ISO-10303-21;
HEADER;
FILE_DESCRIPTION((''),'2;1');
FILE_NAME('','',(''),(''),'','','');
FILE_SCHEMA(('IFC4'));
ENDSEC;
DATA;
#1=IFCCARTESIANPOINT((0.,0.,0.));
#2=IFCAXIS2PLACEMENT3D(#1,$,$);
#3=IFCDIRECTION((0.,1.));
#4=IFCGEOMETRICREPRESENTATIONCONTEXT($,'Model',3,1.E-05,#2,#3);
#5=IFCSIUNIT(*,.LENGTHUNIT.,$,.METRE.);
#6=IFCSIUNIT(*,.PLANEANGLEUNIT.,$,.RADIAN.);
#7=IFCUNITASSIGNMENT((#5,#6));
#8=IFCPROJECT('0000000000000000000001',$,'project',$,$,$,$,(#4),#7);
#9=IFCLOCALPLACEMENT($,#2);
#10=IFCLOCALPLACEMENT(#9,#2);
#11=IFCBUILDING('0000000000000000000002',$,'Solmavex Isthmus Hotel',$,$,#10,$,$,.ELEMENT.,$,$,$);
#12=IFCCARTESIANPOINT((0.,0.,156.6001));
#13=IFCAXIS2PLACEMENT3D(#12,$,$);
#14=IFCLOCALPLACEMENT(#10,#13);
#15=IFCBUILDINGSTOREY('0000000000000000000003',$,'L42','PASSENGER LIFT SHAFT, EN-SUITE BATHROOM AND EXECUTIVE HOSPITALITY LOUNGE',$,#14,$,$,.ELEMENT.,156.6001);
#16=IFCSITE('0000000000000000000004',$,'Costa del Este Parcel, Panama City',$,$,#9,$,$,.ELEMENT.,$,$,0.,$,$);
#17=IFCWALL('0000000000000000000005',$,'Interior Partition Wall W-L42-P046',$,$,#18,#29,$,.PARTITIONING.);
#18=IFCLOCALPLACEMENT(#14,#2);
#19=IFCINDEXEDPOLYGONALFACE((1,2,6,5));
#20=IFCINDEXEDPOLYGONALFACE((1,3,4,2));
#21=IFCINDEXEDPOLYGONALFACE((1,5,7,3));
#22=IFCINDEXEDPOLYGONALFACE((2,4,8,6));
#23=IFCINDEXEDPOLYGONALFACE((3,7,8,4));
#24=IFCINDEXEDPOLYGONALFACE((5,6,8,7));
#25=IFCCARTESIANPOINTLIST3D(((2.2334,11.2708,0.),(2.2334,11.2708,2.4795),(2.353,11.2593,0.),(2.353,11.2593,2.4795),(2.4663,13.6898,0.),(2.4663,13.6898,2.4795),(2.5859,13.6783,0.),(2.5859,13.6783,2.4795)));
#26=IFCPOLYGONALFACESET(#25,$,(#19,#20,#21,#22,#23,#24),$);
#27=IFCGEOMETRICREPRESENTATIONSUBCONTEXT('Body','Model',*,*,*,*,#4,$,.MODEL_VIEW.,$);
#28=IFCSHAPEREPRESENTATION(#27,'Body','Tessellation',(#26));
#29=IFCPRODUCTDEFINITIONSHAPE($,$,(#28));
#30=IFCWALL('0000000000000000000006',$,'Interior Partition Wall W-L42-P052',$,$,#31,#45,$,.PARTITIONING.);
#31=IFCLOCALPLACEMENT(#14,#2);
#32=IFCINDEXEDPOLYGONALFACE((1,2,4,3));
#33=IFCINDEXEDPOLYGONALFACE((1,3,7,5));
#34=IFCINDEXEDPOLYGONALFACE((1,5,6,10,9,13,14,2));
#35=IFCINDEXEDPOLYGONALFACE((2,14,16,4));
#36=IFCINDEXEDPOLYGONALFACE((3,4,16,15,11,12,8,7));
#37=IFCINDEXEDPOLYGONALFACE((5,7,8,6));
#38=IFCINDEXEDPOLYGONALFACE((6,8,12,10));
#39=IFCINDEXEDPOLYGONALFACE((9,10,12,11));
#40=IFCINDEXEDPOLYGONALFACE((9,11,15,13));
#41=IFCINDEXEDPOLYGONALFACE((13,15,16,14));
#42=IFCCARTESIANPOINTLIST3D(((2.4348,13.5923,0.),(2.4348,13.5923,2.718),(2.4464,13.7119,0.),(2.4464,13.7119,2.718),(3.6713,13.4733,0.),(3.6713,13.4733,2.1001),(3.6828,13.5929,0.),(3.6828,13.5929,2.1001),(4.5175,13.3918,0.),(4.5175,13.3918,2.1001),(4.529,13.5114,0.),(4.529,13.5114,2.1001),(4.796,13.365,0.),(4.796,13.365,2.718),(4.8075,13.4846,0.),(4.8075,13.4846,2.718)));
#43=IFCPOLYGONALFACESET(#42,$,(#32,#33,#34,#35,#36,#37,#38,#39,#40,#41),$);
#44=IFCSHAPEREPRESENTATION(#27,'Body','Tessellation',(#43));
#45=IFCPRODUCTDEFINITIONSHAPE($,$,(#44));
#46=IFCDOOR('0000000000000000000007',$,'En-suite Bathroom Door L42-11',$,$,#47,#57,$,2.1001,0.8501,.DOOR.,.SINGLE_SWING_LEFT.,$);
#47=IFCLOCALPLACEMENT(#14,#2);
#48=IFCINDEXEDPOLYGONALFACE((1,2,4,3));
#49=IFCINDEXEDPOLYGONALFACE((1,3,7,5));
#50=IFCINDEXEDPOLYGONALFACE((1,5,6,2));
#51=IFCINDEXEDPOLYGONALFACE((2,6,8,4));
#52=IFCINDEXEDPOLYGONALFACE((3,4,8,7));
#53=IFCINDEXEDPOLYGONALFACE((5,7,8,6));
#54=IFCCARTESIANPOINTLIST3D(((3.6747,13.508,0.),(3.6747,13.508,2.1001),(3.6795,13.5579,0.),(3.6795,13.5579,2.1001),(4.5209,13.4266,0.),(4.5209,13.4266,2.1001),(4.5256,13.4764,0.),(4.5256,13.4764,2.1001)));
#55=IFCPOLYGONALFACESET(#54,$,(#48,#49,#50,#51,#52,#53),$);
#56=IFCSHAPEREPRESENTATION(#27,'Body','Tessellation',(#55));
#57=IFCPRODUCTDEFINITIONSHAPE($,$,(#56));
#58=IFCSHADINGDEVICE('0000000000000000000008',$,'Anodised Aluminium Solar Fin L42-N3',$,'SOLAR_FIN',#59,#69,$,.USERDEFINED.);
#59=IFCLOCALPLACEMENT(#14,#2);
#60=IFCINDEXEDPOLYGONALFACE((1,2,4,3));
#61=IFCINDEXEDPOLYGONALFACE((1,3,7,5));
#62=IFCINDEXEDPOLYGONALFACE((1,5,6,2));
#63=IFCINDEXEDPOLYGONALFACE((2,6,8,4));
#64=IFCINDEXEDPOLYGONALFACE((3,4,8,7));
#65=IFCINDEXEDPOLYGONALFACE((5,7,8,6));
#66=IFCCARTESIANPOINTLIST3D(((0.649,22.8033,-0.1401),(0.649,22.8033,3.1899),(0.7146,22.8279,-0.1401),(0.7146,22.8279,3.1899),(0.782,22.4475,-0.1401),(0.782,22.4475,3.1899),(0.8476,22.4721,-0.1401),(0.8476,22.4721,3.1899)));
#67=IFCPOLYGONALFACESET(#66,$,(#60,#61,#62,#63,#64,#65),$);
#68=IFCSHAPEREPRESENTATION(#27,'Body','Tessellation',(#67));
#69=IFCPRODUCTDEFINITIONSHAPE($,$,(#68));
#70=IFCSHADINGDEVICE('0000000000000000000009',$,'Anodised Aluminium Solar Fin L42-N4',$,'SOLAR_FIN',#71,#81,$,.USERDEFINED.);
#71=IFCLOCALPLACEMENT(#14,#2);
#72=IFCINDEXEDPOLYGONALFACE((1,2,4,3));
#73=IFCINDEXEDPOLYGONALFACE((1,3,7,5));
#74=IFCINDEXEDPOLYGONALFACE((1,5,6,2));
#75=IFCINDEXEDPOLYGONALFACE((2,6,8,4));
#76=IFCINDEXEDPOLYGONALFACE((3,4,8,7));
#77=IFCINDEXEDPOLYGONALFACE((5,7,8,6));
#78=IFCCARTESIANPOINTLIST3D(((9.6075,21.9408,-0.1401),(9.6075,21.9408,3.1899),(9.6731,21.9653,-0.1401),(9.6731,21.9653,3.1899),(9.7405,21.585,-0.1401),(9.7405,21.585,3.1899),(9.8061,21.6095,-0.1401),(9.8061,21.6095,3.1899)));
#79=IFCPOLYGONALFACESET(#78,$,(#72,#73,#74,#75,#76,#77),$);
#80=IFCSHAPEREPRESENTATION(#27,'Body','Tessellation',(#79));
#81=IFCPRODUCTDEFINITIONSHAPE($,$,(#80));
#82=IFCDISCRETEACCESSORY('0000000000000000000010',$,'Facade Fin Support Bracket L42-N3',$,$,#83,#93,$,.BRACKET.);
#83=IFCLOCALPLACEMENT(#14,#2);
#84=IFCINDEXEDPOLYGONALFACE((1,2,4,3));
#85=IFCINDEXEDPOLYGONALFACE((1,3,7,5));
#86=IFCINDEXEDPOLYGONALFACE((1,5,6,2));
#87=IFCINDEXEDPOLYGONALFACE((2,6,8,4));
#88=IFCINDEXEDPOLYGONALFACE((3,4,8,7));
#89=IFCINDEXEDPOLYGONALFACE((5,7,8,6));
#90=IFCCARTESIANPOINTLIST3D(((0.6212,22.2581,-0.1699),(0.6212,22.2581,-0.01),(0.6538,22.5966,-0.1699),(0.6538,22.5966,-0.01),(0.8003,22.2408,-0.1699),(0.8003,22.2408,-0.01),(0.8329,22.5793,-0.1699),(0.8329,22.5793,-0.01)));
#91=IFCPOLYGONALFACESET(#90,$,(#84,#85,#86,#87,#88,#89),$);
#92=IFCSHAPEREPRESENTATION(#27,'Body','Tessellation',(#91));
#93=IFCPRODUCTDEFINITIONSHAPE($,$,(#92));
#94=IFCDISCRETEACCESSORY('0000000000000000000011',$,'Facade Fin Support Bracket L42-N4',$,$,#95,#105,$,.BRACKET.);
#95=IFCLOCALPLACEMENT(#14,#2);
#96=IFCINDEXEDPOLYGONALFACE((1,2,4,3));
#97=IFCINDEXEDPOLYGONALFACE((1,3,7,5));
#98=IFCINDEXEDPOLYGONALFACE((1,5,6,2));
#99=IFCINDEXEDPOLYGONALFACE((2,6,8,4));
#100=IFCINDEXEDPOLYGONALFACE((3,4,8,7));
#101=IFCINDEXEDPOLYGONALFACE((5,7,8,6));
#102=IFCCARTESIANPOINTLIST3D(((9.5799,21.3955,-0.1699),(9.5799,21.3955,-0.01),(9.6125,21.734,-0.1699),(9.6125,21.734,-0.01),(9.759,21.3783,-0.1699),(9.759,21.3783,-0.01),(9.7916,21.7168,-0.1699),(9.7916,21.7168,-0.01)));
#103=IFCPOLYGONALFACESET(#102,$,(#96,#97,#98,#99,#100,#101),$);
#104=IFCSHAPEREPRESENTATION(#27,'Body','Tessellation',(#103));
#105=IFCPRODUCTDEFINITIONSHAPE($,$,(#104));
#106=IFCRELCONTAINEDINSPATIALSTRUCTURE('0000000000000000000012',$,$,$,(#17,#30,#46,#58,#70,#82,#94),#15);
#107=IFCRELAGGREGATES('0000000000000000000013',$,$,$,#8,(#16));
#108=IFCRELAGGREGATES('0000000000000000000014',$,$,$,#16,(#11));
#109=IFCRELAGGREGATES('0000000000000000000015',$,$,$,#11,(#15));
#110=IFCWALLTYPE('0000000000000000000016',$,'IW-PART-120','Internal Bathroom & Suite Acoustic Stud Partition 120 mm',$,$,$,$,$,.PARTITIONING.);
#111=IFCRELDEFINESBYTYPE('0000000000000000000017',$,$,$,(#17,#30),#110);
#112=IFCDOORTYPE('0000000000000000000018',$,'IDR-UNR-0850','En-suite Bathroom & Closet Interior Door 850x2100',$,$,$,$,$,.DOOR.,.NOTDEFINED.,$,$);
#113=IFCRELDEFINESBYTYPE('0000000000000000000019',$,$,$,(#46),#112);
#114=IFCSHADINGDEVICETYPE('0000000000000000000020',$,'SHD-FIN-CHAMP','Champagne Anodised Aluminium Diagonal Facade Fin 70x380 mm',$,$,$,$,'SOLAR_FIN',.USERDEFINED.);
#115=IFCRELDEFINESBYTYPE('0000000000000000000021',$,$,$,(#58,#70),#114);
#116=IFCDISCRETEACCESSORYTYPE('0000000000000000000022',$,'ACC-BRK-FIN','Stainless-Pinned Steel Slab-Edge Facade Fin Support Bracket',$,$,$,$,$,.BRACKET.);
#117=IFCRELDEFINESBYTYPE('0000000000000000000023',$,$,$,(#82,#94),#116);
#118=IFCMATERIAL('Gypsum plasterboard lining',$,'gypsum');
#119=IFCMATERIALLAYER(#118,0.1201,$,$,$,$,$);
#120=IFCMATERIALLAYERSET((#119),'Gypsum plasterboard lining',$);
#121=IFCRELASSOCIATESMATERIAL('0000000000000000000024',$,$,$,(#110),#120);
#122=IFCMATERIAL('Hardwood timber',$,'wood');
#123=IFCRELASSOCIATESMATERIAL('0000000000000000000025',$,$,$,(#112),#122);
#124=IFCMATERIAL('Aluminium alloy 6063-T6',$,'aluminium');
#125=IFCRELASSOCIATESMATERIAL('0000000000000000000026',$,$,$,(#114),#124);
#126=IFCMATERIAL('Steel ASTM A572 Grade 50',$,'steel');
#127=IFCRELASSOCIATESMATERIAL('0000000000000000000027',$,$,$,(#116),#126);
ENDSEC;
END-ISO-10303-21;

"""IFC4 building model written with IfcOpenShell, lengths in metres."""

from ifc_helpers import new_model, si_unit, direction, frame, frame_2d, origin, origin_2d, place, context, subcontext, project, spatial, rectangle, extrude, material, layer, layer_set, type_object, element, fill, save


model = new_model("IFC4")

# Units and contexts
model_context = context("Model", 3, precision=1e-05, world=origin(), true_north=direction((0.0, 1.0)))
body_context = subcontext(model_context, "Body", "Model", "MODEL_VIEW")
ifc_project = project(units=[si_unit("LENGTHUNIT", "METRE"), si_unit("PLANEANGLEUNIT", "RADIAN")], contexts=[model_context])

# Site, building, storey
site_placement = place(None, origin())
site = spatial("IfcSite", under=ifc_project, at=site_placement, Name="Costa del Este Parcel, Panama City", CompositionType="ELEMENT", RefElevation=0.0)
building_placement = place(site_placement, origin())
building = spatial("IfcBuilding", under=site, at=building_placement, Name="Solmavex Isthmus Hotel", CompositionType="ELEMENT")
storey_placement = place(building_placement, frame((0.0, 0.0, 156.6001)))
storey = spatial("IfcBuildingStorey", under=building, at=storey_placement, Name="L42", Description="PASSENGER LIFT SHAFT, EN-SUITE BATHROOM AND EXECUTIVE HOSPITALITY LOUNGE", CompositionType="ELEMENT", Elevation=156.6001)

# Shared definitions
ifc_material_1 = material(Name="Aluminium alloy 6063-T6", Category="aluminium")

# Shared definitions
ifc_material_2 = material(Name="Gypsum plasterboard lining", Category="gypsum")

# Shared definitions
ifc_material_3 = material(Name="Hardwood timber", Category="wood")

# Wall
ifc_layer_1 = layer(ifc_material_2, 0.1201)
ifc_layer_set_1 = layer_set([ifc_layer_1], Name="Gypsum plasterboard lining")
wall_type_1 = type_object("IfcWallType", Name="IW-PART-120", Description="Internal Bathroom & Suite Acoustic Stud Partition 120 mm", PredefinedType="PARTITIONING", material=ifc_layer_set_1)
wall_1_placement = place(storey_placement, frame((2.5261, 13.6841, 0.0), z_axis=(0.0, 0.0, 1.0), x_axis=(-0.095843, -0.995397, 0.0)))
element("IfcWall", 1, at=wall_1_placement, inside=storey, type_object=wall_type_1, Name="Interior Partition Wall W-L42-P046", PredefinedType="PARTITIONING", context=body_context, shape_type="SweptSolid", body=[
    extrude(rectangle(XDim=2.4302, YDim=0.1201, at=frame_2d((1.2151, 0.0))), origin(), (0.0, 0.0, 1.0), 2.4795),
])

# Wall, opening, door
wall_2_placement = place(storey_placement, frame((4.8018, 13.4248, 0.0), z_axis=(0.0, 0.0, 1.0), x_axis=(-0.995398, 0.095824, 0.0)))
wall_2 = element("IfcWall", 2, at=wall_2_placement, inside=storey, type_object=wall_type_1, Name="Interior Partition Wall W-L42-P052", PredefinedType="PARTITIONING", context=body_context, shape_type="SweptSolid", body=[
    extrude(rectangle(XDim=2.3721, YDim=0.1201, at=frame_2d((1.186, 0.0))), origin(), (0.0, 0.0, 1.0), 2.718),
])
opening_1_placement = place(wall_2_placement, frame((0.2798, 0.0, 0.0)))
opening_1 = element("IfcOpeningElement", 3, at=opening_1_placement, cuts=wall_2, PredefinedType="OPENING", context=body_context, shape_type="SweptSolid", body=[
    extrude(rectangle(XDim=0.8501, YDim=2.1001, at=frame_2d((0.425, 1.05))), frame((0.0, 0.0701, 0.0), z_axis=(0.0, -1.0, 0.0), x_axis=(1.0, 0.0, 0.0)), (0.0, 0.0, 1.0), 0.1401),
])
door_type_1 = type_object("IfcDoorType", Name="IDR-UNR-0850", Description="En-suite Bathroom & Closet Interior Door 850x2100", OperationType="NOTDEFINED", PredefinedType="DOOR", material=ifc_material_3)
door_1_placement = place(opening_1_placement, frame((0.8501, 0.0, 0.0), z_axis=(0.0, 0.0, 1.0), x_axis=(-1.0, 0.0, 0.0)))
door_1 = element("IfcDoor", 4, at=door_1_placement, inside=storey, type_object=door_type_1, Name="En-suite Bathroom Door L42-11", OperationType="SINGLE_SWING_LEFT", OverallHeight=2.1001, OverallWidth=0.8501, PredefinedType="DOOR", context=body_context, shape_type="SweptSolid", body=[
    extrude(rectangle(XDim=0.8501, YDim=2.1001, at=frame_2d((0.425, 1.05))), frame((0.0, 0.0249, 0.0), z_axis=(0.0, -1.0, 0.0), x_axis=(1.0, 0.0, 0.0)), (0.0, 0.0, 1.0), 0.05),
])
fill(opening_1, door_1)

# Shading devices
shading_device_type = type_object("IfcShadingDeviceType", Name="SHD-FIN-CHAMP", Description="Champagne Anodised Aluminium Diagonal Facade Fin 70x380 mm", ElementType="SOLAR_FIN", PredefinedType="USERDEFINED", material=ifc_material_1)
for number, where, z_axis, x_axis, name in (
    (5, (0.7483, 22.6377, -0.1401), (0.0, 0.0, 1.0), (-0.350207, 0.936672, 0.0), "Anodised Aluminium Solar Fin L42-N3"),
    (6, (9.7068, 21.7751, -0.1401), (0.0, 0.0, 1.0), (-0.350207, 0.936672, 0.0), "Anodised Aluminium Solar Fin L42-N4"),
):
    element("IfcShadingDevice", number, at=place(storey_placement, frame(where, z_axis=z_axis, x_axis=x_axis)), inside=storey, type_object=shading_device_type, Name=name, ObjectType="SOLAR_FIN", PredefinedType="USERDEFINED", context=body_context, shape_type="SweptSolid", body=[
        extrude(rectangle(XDim=0.3799, YDim=0.0701, at=origin_2d()), origin(), (0.0, 0.0, 1.0), 3.3301),
    ])

# Discrete accessories
ifc_material_4 = material(Name="Steel ASTM A572 Grade 50", Category="steel")
discrete_accessory_type = type_object("IfcDiscreteAccessoryType", Name="ACC-BRK-FIN", Description="Stainless-Pinned Steel Slab-Edge Facade Fin Support Bracket", PredefinedType="BRACKET", material=ifc_material_4)
for number, where, z_axis, x_axis, name in (
    (7, (0.7271, 22.4187, -0.1699), (0.0, 0.0, 1.0), (0.095846, 0.995396, 0.0), "Facade Fin Support Bracket L42-N3"),
    (8, (9.6858, 21.5562, -0.1699), (0.0, 0.0, 1.0), (0.095846, 0.995396, 0.0), "Facade Fin Support Bracket L42-N4"),
):
    element("IfcDiscreteAccessory", number, at=place(storey_placement, frame(where, z_axis=z_axis, x_axis=x_axis)), inside=storey, type_object=discrete_accessory_type, Name=name, PredefinedType="BRACKET", context=body_context, shape_type="SweptSolid", body=[
        extrude(rectangle(XDim=0.3401, YDim=0.1799, at=origin_2d()), origin(), (0.0, 0.0, 1.0), 0.1599),
    ])

save(model, "model.ifc")
